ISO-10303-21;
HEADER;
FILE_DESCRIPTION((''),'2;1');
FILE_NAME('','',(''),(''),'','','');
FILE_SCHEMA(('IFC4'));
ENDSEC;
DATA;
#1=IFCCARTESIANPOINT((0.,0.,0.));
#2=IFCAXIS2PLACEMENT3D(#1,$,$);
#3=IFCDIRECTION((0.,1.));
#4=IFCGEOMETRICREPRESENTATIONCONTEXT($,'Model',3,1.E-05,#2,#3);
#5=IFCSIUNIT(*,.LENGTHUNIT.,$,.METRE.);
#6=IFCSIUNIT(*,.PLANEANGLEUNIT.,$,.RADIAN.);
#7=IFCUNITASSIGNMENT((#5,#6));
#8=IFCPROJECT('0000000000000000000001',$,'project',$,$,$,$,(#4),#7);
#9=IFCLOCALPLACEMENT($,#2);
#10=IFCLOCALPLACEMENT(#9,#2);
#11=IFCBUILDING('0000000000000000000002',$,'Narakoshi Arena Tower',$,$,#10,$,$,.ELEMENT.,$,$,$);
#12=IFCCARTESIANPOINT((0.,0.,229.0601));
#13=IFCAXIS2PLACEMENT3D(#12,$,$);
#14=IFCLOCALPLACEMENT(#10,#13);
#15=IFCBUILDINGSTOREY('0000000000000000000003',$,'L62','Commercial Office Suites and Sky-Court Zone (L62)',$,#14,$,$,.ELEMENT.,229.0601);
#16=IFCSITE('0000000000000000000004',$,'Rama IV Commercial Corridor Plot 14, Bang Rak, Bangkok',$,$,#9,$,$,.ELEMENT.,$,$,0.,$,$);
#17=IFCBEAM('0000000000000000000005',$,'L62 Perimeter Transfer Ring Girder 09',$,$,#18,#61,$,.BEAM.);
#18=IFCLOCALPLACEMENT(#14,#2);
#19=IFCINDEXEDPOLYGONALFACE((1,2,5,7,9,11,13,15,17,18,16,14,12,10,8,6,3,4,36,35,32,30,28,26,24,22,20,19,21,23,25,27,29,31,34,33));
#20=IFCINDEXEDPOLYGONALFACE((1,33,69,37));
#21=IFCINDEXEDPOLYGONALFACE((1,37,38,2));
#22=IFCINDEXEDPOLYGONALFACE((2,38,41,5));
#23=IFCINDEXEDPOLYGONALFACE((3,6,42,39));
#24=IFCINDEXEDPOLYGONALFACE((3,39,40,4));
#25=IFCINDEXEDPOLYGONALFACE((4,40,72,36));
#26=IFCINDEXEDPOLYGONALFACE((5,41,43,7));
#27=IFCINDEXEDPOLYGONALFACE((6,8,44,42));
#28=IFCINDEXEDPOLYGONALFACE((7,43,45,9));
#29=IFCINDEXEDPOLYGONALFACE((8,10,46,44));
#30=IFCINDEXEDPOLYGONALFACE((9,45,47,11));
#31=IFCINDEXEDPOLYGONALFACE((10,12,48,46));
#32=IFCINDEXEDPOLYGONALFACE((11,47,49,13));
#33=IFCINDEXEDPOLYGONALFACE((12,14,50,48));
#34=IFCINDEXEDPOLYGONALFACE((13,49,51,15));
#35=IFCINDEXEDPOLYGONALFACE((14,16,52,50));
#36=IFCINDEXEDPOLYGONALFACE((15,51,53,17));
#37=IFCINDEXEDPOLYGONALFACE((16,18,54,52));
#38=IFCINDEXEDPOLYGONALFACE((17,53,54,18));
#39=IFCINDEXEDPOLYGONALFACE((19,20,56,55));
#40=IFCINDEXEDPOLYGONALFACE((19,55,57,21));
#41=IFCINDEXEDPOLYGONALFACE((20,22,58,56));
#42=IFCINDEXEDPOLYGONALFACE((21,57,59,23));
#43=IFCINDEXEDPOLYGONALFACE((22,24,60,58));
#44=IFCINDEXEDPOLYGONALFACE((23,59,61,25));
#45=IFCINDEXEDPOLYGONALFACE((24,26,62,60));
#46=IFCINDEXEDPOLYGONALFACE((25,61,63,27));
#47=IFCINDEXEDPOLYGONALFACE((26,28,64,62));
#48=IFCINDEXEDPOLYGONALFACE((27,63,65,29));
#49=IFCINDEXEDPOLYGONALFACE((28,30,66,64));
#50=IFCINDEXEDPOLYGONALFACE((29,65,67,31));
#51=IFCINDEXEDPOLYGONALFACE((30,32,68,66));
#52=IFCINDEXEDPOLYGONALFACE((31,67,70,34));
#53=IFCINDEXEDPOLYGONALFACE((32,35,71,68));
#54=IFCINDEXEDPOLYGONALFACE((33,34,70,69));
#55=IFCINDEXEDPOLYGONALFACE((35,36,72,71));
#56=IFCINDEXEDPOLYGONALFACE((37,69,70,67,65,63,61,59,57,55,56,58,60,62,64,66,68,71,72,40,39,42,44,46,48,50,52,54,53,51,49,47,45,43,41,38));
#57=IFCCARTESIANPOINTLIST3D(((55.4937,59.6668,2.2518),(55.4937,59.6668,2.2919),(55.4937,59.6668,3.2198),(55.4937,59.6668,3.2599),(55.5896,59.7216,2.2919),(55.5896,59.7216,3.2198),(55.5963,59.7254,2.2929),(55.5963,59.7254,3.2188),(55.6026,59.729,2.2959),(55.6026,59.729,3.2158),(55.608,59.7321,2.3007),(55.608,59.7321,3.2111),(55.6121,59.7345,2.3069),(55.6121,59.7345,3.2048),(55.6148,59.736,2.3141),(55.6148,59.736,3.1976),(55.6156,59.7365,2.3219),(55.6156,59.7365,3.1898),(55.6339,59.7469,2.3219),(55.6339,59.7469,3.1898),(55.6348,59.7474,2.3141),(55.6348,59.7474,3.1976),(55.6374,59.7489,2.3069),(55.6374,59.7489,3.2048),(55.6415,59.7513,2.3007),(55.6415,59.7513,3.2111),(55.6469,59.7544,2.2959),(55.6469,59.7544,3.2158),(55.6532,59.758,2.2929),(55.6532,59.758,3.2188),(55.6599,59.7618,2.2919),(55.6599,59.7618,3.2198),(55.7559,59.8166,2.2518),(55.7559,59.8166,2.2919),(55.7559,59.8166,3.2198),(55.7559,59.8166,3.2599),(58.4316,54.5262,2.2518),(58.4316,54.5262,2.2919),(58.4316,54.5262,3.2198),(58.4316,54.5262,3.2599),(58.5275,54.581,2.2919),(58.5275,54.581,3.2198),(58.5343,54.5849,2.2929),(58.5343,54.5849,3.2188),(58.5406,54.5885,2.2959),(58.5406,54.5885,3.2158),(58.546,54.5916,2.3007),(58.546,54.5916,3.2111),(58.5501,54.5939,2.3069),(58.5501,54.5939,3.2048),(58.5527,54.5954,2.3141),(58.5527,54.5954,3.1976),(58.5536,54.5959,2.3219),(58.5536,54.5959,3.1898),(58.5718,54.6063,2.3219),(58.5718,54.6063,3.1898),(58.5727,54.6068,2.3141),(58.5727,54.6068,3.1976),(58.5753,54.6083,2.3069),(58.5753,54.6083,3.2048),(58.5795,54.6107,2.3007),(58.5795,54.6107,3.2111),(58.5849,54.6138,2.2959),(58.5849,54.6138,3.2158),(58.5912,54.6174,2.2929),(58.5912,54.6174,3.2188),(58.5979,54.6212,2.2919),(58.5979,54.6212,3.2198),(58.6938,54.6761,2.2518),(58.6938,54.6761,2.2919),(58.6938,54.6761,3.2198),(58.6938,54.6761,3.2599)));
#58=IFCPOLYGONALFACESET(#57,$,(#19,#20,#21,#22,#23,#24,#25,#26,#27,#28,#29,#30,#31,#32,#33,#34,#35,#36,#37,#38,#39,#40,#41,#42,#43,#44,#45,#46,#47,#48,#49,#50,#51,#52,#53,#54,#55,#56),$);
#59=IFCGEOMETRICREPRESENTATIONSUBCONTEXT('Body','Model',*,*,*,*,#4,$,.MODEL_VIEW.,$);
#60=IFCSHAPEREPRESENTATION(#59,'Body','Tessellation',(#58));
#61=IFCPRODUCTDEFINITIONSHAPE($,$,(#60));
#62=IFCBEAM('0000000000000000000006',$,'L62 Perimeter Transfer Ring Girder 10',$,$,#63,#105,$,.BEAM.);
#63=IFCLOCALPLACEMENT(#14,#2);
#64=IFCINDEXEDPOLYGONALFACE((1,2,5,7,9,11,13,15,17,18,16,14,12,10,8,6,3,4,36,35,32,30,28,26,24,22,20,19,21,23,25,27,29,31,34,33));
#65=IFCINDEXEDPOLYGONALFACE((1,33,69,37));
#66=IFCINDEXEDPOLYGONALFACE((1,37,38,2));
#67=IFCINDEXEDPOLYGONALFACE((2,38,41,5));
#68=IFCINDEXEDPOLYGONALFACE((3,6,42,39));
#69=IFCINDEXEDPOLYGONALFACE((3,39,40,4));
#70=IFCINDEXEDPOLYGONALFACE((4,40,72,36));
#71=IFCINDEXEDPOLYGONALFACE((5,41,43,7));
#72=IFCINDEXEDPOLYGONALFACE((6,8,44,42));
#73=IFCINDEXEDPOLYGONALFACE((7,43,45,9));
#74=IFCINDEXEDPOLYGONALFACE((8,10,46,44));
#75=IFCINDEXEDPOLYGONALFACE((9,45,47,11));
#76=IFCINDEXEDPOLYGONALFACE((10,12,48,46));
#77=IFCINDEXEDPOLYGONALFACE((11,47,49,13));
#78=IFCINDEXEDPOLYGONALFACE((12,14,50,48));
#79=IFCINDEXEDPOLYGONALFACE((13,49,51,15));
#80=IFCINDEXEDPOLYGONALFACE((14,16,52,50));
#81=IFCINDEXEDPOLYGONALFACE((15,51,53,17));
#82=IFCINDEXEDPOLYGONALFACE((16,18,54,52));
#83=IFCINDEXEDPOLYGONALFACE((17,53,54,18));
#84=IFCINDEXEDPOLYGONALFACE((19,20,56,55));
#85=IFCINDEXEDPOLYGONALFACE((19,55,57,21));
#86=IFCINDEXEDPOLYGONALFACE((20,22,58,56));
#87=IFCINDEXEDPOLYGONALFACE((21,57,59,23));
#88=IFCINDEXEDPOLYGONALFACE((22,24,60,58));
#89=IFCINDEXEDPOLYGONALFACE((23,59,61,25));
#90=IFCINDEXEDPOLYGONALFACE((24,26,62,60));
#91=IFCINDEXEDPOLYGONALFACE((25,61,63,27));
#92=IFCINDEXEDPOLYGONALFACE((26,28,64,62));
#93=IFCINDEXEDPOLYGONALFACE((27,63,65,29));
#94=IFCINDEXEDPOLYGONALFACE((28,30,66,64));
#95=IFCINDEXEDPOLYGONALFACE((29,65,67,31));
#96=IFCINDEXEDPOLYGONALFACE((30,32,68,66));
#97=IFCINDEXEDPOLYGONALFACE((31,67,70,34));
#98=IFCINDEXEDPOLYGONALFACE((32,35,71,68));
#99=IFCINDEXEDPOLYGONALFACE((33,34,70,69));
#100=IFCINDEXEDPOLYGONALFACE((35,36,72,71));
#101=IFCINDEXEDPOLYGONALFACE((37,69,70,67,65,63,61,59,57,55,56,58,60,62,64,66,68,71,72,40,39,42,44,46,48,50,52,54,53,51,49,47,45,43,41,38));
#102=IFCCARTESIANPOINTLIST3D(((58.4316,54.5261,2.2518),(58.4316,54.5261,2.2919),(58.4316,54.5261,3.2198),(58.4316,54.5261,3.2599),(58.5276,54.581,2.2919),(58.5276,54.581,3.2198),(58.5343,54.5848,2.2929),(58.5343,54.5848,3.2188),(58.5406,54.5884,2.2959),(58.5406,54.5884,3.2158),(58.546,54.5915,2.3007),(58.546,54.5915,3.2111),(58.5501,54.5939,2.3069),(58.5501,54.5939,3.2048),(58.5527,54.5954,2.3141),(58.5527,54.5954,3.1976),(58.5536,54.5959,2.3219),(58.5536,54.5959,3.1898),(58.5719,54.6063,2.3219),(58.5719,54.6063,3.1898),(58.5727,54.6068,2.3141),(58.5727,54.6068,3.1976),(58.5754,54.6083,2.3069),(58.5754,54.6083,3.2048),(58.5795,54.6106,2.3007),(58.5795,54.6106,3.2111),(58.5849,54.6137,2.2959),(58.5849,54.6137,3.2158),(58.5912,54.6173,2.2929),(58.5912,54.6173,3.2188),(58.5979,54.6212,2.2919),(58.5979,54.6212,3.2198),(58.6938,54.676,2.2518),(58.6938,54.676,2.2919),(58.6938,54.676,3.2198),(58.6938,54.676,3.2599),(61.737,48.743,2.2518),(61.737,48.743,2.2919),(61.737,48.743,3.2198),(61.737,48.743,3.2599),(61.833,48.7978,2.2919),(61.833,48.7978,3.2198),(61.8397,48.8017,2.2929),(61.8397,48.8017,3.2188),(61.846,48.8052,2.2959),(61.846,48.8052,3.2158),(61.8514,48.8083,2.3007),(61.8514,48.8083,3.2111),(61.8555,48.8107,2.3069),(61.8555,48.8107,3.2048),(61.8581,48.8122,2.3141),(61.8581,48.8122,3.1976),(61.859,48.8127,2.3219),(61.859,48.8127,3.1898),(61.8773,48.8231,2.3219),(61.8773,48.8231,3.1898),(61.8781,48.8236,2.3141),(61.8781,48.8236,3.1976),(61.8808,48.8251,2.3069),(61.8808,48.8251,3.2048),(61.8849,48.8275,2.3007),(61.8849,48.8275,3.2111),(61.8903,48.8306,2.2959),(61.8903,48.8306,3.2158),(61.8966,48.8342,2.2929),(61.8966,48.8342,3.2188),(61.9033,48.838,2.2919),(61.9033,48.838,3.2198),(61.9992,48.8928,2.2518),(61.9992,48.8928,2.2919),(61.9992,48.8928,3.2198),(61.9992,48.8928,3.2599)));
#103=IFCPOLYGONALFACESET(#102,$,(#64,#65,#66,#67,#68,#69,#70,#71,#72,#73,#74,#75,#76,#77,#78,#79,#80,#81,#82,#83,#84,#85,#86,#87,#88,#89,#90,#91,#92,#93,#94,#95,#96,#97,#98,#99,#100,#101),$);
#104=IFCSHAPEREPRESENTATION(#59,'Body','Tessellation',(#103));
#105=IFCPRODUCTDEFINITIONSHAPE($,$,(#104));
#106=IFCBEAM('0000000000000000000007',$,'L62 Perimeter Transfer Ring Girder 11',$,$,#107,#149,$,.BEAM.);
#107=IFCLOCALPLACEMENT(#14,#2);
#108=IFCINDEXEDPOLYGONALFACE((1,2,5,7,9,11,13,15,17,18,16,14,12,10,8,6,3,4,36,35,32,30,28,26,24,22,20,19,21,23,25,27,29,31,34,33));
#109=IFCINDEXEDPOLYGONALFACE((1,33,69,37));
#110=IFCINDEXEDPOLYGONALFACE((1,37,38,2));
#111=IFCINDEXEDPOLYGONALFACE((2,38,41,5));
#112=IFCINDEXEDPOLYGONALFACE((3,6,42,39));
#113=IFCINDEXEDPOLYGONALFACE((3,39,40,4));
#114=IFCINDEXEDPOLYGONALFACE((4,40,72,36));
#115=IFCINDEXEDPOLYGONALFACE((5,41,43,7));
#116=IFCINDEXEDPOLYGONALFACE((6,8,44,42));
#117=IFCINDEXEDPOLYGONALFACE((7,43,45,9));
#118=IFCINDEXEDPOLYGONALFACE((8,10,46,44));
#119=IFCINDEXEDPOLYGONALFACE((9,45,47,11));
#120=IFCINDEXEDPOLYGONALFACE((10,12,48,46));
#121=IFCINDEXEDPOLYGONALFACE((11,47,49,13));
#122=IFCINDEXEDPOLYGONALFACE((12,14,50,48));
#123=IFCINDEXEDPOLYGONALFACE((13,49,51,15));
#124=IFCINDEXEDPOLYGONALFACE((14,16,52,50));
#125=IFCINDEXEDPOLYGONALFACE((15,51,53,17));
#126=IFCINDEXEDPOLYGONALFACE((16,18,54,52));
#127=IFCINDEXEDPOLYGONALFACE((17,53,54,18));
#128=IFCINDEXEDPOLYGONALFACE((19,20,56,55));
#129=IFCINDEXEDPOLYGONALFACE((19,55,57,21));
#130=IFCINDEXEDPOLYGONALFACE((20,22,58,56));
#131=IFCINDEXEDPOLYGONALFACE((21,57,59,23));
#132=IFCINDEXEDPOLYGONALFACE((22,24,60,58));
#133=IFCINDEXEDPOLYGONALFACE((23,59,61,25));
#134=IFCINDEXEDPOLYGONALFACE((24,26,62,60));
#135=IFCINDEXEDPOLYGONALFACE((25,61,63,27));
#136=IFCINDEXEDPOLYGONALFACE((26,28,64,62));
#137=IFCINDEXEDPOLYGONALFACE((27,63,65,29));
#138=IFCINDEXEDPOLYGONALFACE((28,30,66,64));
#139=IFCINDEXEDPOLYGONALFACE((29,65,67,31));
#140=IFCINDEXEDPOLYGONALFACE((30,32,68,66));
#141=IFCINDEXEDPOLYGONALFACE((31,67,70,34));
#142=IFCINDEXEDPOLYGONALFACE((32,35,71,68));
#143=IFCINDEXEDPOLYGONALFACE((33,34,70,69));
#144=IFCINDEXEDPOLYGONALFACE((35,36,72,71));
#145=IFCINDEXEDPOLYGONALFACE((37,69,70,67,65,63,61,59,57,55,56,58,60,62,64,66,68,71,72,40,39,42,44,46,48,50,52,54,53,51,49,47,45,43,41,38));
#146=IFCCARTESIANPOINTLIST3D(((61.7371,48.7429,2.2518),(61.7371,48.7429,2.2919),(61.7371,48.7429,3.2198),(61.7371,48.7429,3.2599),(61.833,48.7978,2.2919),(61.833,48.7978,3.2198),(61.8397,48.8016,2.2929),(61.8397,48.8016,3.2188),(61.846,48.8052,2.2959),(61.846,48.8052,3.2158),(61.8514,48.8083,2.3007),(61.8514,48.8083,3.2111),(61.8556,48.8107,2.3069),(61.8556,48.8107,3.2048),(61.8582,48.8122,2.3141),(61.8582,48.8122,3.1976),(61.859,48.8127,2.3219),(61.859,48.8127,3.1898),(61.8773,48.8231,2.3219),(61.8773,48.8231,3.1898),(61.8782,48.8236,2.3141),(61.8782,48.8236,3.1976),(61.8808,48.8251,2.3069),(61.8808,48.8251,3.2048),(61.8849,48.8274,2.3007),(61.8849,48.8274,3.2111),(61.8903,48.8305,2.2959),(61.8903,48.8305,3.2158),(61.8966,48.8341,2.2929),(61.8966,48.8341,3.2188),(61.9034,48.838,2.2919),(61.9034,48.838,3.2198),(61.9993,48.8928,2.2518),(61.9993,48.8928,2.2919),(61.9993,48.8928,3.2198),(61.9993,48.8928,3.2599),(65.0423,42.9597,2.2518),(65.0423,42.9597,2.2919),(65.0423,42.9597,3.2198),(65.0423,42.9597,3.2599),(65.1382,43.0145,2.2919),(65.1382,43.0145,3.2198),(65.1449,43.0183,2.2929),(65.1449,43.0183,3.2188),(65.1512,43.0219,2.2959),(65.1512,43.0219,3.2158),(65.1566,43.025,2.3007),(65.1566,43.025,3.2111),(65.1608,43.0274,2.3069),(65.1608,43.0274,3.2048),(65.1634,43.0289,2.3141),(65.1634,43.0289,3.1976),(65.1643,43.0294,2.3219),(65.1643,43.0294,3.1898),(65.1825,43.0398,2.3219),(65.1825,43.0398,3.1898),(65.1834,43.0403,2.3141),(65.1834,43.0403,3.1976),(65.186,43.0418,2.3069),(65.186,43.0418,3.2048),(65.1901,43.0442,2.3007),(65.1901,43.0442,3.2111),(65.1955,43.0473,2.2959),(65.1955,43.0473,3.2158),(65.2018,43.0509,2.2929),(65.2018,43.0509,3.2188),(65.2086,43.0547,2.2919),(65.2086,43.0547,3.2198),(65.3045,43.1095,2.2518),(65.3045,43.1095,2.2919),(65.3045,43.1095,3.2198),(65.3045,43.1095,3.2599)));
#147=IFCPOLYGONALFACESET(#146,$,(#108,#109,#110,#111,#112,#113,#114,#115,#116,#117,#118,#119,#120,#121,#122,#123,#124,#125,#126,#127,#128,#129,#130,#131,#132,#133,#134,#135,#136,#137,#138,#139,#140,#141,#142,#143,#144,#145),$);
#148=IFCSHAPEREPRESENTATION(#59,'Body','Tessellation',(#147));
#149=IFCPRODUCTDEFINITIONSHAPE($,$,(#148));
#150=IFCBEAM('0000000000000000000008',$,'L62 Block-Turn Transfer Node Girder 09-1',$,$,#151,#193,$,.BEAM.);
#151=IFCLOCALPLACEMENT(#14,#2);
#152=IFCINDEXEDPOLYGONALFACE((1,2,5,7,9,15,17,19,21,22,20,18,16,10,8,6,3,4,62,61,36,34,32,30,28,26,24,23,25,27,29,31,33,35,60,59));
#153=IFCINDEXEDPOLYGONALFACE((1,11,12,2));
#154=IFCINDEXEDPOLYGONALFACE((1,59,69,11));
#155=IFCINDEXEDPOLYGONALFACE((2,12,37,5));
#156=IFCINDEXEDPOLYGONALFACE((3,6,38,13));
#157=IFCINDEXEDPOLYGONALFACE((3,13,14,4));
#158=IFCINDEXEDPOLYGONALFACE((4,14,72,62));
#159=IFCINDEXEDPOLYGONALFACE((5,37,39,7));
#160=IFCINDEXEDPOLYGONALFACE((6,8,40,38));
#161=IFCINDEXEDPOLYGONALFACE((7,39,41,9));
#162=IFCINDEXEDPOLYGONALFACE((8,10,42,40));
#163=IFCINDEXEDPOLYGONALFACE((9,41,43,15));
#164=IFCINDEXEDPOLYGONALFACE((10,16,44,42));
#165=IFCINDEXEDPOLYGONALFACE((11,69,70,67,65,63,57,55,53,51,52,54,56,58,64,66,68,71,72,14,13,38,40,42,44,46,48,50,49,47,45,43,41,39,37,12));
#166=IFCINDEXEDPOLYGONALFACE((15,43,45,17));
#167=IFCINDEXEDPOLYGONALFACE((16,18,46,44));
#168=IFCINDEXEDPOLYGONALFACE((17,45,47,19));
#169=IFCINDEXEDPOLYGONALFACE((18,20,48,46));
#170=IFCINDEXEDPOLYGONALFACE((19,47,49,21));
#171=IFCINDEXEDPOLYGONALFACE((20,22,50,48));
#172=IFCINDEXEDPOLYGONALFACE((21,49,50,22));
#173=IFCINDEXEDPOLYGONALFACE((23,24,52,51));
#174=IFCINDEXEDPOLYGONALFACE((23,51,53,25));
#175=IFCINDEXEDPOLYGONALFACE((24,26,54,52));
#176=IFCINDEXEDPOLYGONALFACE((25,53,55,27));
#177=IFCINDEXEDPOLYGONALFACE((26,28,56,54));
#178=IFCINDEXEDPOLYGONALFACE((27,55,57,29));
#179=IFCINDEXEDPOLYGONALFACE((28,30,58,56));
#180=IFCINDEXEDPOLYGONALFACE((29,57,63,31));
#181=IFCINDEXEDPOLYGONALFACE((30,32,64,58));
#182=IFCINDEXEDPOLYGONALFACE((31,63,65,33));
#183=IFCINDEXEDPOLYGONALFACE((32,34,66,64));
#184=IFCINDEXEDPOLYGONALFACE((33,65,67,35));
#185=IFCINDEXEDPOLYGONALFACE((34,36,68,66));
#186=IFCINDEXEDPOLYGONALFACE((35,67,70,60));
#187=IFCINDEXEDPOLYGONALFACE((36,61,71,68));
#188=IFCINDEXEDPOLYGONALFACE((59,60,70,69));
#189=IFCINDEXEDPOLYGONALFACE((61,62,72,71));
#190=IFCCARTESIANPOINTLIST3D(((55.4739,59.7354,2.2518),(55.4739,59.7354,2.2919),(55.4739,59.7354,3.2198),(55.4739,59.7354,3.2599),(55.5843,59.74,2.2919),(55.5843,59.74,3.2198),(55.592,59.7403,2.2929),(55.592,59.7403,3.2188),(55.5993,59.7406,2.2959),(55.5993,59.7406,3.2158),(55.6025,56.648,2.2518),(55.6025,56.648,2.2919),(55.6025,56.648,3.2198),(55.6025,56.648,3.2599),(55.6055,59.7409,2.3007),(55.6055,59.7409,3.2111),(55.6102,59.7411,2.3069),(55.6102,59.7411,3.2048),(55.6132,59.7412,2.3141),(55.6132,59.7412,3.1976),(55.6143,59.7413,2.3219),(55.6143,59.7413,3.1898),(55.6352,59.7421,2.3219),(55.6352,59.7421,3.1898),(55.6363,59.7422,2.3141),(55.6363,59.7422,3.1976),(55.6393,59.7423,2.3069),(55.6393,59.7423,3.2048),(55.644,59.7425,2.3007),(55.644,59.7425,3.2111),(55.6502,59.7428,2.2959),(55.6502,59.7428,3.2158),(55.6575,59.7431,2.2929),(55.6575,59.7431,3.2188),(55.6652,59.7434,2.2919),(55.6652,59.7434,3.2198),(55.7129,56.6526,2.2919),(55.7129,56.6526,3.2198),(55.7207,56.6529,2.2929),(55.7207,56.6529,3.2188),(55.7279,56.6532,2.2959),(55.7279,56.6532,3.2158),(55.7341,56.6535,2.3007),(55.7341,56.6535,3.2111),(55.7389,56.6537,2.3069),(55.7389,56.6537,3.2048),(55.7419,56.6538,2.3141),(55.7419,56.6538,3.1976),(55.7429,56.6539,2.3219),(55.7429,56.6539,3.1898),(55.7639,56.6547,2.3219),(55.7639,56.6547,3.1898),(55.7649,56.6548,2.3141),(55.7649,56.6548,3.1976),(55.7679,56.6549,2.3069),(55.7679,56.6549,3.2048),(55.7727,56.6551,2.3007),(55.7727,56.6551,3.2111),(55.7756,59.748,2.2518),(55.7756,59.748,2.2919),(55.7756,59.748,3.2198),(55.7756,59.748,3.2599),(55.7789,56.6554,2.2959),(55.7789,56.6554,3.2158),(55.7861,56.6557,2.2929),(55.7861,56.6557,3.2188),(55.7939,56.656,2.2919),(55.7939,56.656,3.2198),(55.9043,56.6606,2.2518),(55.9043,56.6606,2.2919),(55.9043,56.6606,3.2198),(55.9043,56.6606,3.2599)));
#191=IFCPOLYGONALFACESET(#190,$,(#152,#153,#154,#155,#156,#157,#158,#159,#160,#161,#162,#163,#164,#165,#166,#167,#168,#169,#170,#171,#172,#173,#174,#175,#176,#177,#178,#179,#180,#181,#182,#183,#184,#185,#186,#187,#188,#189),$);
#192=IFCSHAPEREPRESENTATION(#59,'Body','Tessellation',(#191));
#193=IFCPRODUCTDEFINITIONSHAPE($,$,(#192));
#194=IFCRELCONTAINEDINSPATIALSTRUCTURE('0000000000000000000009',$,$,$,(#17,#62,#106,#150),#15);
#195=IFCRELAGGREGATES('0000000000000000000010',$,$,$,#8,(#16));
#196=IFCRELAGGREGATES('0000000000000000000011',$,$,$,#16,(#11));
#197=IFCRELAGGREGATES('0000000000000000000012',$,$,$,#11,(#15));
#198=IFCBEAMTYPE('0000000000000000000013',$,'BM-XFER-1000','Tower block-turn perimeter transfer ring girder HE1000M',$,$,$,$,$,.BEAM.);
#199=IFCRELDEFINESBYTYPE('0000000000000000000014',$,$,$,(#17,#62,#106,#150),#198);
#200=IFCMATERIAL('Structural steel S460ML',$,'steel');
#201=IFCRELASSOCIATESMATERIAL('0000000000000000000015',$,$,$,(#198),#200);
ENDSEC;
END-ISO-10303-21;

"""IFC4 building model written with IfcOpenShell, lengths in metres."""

from ifc_helpers import new_model, si_unit, direction, frame, origin, origin_2d, place, context, subcontext, project, spatial, i_section, extrude, material, material_profile, profile_set, type_object, element, save


model = new_model("IFC4")

# Units and contexts
model_context = context("Model", 3, precision=1e-05, world=origin(), true_north=direction((0.0, 1.0)))
body_context = subcontext(model_context, "Body", "Model", "MODEL_VIEW")
ifc_project = project(units=[si_unit("LENGTHUNIT", "METRE"), si_unit("PLANEANGLEUNIT", "RADIAN")], contexts=[model_context])

# Site, building, storey
site_placement = place(None, origin())
site = spatial("IfcSite", under=ifc_project, at=site_placement, Name="Rama IV Commercial Corridor Plot 14, Bang Rak, Bangkok", CompositionType="ELEMENT", RefElevation=0.0)
building_placement = place(site_placement, origin())
building = spatial("IfcBuilding", under=site, at=building_placement, Name="Narakoshi Arena Tower", CompositionType="ELEMENT")
storey_placement = place(building_placement, frame((0.0, 0.0, 229.0601)))
storey = spatial("IfcBuildingStorey", under=building, at=storey_placement, Name="L62", Description="Commercial Office Suites and Sky-Court Zone (L62)", CompositionType="ELEMENT", Elevation=229.0601)

# Beams
ifc_material_1 = material(Name="Structural steel S460ML", Category="steel")
ifc_material_profile_1 = material_profile(ifc_material_1, i_section(OverallWidth=0.302, OverallDepth=1.0081, WebThickness=0.021, FlangeThickness=0.04, FilletRadius=0.03, at=origin_2d()), Name="HE1000M")
ifc_profile_set_1 = profile_set([ifc_material_profile_1], Name="Structural steel S460ML")
beam_type_1 = type_object("IfcBeamType", Name="BM-XFER-1000", Description="Tower block-turn perimeter transfer ring girder HE1000M", PredefinedType="BEAM", material=ifc_profile_set_1)
beam_1_placement = place(storey_placement, frame((55.6248, 59.7417, 2.7559), z_axis=(0.496201, -0.868208, 0.0), x_axis=(0.868208, 0.496201, 0.0)))
element("IfcBeam", 1, at=beam_1_placement, inside=storey, type_object=beam_type_1, Name="L62 Perimeter Transfer Ring Girder 09", PredefinedType="BEAM", context=body_context, shape_type="SweptSolid", body=[
    extrude(i_section(OverallWidth=0.302, OverallDepth=1.0081, WebThickness=0.021, FlangeThickness=0.04, FilletRadius=0.03, at=origin_2d()), origin(), (0.0, 0.0, 1.0), 5.9209),
])
for number, where, z_axis, x_axis, name in (
    (2, (58.5627, 54.6011, 2.7559), (0.496222, -0.868196, 0.0), (0.868196, 0.496222, 0.0), "L62 Perimeter Transfer Ring Girder 10"),
    (3, (61.8682, 48.8179, 2.7559), (0.496194, -0.868212, 0.0), (0.868212, 0.496194, 0.0), "L62 Perimeter Transfer Ring Girder 11"),
):
    element("IfcBeam", number, at=place(storey_placement, frame(where, z_axis=z_axis, x_axis=x_axis)), inside=storey, type_object=beam_type_1, Name=name, PredefinedType="BEAM", context=body_context, shape_type="SweptSolid", body=[
        extrude(i_section(OverallWidth=0.302, OverallDepth=1.0081, WebThickness=0.021, FlangeThickness=0.04, FilletRadius=0.03, at=origin_2d()), origin(), (0.0, 0.0, 1.0), 6.6611),
    ])
beam_2_placement = place(storey_placement, frame((55.6248, 59.7417, 2.7559), z_axis=(0.041637, -0.999133, 0.0), x_axis=(0.999133, 0.041637, 0.0)))
element("IfcBeam", 4, at=beam_2_placement, inside=storey, type_object=beam_type_1, Name="L62 Block-Turn Transfer Node Girder 09-1", PredefinedType="BEAM", context=body_context, shape_type="SweptSolid", body=[
    extrude(i_section(OverallWidth=0.302, OverallDepth=1.0081, WebThickness=0.021, FlangeThickness=0.04, FilletRadius=0.03, at=origin_2d()), origin(), (0.0, 0.0, 1.0), 3.0901),
])

save(model, "model.ifc")
